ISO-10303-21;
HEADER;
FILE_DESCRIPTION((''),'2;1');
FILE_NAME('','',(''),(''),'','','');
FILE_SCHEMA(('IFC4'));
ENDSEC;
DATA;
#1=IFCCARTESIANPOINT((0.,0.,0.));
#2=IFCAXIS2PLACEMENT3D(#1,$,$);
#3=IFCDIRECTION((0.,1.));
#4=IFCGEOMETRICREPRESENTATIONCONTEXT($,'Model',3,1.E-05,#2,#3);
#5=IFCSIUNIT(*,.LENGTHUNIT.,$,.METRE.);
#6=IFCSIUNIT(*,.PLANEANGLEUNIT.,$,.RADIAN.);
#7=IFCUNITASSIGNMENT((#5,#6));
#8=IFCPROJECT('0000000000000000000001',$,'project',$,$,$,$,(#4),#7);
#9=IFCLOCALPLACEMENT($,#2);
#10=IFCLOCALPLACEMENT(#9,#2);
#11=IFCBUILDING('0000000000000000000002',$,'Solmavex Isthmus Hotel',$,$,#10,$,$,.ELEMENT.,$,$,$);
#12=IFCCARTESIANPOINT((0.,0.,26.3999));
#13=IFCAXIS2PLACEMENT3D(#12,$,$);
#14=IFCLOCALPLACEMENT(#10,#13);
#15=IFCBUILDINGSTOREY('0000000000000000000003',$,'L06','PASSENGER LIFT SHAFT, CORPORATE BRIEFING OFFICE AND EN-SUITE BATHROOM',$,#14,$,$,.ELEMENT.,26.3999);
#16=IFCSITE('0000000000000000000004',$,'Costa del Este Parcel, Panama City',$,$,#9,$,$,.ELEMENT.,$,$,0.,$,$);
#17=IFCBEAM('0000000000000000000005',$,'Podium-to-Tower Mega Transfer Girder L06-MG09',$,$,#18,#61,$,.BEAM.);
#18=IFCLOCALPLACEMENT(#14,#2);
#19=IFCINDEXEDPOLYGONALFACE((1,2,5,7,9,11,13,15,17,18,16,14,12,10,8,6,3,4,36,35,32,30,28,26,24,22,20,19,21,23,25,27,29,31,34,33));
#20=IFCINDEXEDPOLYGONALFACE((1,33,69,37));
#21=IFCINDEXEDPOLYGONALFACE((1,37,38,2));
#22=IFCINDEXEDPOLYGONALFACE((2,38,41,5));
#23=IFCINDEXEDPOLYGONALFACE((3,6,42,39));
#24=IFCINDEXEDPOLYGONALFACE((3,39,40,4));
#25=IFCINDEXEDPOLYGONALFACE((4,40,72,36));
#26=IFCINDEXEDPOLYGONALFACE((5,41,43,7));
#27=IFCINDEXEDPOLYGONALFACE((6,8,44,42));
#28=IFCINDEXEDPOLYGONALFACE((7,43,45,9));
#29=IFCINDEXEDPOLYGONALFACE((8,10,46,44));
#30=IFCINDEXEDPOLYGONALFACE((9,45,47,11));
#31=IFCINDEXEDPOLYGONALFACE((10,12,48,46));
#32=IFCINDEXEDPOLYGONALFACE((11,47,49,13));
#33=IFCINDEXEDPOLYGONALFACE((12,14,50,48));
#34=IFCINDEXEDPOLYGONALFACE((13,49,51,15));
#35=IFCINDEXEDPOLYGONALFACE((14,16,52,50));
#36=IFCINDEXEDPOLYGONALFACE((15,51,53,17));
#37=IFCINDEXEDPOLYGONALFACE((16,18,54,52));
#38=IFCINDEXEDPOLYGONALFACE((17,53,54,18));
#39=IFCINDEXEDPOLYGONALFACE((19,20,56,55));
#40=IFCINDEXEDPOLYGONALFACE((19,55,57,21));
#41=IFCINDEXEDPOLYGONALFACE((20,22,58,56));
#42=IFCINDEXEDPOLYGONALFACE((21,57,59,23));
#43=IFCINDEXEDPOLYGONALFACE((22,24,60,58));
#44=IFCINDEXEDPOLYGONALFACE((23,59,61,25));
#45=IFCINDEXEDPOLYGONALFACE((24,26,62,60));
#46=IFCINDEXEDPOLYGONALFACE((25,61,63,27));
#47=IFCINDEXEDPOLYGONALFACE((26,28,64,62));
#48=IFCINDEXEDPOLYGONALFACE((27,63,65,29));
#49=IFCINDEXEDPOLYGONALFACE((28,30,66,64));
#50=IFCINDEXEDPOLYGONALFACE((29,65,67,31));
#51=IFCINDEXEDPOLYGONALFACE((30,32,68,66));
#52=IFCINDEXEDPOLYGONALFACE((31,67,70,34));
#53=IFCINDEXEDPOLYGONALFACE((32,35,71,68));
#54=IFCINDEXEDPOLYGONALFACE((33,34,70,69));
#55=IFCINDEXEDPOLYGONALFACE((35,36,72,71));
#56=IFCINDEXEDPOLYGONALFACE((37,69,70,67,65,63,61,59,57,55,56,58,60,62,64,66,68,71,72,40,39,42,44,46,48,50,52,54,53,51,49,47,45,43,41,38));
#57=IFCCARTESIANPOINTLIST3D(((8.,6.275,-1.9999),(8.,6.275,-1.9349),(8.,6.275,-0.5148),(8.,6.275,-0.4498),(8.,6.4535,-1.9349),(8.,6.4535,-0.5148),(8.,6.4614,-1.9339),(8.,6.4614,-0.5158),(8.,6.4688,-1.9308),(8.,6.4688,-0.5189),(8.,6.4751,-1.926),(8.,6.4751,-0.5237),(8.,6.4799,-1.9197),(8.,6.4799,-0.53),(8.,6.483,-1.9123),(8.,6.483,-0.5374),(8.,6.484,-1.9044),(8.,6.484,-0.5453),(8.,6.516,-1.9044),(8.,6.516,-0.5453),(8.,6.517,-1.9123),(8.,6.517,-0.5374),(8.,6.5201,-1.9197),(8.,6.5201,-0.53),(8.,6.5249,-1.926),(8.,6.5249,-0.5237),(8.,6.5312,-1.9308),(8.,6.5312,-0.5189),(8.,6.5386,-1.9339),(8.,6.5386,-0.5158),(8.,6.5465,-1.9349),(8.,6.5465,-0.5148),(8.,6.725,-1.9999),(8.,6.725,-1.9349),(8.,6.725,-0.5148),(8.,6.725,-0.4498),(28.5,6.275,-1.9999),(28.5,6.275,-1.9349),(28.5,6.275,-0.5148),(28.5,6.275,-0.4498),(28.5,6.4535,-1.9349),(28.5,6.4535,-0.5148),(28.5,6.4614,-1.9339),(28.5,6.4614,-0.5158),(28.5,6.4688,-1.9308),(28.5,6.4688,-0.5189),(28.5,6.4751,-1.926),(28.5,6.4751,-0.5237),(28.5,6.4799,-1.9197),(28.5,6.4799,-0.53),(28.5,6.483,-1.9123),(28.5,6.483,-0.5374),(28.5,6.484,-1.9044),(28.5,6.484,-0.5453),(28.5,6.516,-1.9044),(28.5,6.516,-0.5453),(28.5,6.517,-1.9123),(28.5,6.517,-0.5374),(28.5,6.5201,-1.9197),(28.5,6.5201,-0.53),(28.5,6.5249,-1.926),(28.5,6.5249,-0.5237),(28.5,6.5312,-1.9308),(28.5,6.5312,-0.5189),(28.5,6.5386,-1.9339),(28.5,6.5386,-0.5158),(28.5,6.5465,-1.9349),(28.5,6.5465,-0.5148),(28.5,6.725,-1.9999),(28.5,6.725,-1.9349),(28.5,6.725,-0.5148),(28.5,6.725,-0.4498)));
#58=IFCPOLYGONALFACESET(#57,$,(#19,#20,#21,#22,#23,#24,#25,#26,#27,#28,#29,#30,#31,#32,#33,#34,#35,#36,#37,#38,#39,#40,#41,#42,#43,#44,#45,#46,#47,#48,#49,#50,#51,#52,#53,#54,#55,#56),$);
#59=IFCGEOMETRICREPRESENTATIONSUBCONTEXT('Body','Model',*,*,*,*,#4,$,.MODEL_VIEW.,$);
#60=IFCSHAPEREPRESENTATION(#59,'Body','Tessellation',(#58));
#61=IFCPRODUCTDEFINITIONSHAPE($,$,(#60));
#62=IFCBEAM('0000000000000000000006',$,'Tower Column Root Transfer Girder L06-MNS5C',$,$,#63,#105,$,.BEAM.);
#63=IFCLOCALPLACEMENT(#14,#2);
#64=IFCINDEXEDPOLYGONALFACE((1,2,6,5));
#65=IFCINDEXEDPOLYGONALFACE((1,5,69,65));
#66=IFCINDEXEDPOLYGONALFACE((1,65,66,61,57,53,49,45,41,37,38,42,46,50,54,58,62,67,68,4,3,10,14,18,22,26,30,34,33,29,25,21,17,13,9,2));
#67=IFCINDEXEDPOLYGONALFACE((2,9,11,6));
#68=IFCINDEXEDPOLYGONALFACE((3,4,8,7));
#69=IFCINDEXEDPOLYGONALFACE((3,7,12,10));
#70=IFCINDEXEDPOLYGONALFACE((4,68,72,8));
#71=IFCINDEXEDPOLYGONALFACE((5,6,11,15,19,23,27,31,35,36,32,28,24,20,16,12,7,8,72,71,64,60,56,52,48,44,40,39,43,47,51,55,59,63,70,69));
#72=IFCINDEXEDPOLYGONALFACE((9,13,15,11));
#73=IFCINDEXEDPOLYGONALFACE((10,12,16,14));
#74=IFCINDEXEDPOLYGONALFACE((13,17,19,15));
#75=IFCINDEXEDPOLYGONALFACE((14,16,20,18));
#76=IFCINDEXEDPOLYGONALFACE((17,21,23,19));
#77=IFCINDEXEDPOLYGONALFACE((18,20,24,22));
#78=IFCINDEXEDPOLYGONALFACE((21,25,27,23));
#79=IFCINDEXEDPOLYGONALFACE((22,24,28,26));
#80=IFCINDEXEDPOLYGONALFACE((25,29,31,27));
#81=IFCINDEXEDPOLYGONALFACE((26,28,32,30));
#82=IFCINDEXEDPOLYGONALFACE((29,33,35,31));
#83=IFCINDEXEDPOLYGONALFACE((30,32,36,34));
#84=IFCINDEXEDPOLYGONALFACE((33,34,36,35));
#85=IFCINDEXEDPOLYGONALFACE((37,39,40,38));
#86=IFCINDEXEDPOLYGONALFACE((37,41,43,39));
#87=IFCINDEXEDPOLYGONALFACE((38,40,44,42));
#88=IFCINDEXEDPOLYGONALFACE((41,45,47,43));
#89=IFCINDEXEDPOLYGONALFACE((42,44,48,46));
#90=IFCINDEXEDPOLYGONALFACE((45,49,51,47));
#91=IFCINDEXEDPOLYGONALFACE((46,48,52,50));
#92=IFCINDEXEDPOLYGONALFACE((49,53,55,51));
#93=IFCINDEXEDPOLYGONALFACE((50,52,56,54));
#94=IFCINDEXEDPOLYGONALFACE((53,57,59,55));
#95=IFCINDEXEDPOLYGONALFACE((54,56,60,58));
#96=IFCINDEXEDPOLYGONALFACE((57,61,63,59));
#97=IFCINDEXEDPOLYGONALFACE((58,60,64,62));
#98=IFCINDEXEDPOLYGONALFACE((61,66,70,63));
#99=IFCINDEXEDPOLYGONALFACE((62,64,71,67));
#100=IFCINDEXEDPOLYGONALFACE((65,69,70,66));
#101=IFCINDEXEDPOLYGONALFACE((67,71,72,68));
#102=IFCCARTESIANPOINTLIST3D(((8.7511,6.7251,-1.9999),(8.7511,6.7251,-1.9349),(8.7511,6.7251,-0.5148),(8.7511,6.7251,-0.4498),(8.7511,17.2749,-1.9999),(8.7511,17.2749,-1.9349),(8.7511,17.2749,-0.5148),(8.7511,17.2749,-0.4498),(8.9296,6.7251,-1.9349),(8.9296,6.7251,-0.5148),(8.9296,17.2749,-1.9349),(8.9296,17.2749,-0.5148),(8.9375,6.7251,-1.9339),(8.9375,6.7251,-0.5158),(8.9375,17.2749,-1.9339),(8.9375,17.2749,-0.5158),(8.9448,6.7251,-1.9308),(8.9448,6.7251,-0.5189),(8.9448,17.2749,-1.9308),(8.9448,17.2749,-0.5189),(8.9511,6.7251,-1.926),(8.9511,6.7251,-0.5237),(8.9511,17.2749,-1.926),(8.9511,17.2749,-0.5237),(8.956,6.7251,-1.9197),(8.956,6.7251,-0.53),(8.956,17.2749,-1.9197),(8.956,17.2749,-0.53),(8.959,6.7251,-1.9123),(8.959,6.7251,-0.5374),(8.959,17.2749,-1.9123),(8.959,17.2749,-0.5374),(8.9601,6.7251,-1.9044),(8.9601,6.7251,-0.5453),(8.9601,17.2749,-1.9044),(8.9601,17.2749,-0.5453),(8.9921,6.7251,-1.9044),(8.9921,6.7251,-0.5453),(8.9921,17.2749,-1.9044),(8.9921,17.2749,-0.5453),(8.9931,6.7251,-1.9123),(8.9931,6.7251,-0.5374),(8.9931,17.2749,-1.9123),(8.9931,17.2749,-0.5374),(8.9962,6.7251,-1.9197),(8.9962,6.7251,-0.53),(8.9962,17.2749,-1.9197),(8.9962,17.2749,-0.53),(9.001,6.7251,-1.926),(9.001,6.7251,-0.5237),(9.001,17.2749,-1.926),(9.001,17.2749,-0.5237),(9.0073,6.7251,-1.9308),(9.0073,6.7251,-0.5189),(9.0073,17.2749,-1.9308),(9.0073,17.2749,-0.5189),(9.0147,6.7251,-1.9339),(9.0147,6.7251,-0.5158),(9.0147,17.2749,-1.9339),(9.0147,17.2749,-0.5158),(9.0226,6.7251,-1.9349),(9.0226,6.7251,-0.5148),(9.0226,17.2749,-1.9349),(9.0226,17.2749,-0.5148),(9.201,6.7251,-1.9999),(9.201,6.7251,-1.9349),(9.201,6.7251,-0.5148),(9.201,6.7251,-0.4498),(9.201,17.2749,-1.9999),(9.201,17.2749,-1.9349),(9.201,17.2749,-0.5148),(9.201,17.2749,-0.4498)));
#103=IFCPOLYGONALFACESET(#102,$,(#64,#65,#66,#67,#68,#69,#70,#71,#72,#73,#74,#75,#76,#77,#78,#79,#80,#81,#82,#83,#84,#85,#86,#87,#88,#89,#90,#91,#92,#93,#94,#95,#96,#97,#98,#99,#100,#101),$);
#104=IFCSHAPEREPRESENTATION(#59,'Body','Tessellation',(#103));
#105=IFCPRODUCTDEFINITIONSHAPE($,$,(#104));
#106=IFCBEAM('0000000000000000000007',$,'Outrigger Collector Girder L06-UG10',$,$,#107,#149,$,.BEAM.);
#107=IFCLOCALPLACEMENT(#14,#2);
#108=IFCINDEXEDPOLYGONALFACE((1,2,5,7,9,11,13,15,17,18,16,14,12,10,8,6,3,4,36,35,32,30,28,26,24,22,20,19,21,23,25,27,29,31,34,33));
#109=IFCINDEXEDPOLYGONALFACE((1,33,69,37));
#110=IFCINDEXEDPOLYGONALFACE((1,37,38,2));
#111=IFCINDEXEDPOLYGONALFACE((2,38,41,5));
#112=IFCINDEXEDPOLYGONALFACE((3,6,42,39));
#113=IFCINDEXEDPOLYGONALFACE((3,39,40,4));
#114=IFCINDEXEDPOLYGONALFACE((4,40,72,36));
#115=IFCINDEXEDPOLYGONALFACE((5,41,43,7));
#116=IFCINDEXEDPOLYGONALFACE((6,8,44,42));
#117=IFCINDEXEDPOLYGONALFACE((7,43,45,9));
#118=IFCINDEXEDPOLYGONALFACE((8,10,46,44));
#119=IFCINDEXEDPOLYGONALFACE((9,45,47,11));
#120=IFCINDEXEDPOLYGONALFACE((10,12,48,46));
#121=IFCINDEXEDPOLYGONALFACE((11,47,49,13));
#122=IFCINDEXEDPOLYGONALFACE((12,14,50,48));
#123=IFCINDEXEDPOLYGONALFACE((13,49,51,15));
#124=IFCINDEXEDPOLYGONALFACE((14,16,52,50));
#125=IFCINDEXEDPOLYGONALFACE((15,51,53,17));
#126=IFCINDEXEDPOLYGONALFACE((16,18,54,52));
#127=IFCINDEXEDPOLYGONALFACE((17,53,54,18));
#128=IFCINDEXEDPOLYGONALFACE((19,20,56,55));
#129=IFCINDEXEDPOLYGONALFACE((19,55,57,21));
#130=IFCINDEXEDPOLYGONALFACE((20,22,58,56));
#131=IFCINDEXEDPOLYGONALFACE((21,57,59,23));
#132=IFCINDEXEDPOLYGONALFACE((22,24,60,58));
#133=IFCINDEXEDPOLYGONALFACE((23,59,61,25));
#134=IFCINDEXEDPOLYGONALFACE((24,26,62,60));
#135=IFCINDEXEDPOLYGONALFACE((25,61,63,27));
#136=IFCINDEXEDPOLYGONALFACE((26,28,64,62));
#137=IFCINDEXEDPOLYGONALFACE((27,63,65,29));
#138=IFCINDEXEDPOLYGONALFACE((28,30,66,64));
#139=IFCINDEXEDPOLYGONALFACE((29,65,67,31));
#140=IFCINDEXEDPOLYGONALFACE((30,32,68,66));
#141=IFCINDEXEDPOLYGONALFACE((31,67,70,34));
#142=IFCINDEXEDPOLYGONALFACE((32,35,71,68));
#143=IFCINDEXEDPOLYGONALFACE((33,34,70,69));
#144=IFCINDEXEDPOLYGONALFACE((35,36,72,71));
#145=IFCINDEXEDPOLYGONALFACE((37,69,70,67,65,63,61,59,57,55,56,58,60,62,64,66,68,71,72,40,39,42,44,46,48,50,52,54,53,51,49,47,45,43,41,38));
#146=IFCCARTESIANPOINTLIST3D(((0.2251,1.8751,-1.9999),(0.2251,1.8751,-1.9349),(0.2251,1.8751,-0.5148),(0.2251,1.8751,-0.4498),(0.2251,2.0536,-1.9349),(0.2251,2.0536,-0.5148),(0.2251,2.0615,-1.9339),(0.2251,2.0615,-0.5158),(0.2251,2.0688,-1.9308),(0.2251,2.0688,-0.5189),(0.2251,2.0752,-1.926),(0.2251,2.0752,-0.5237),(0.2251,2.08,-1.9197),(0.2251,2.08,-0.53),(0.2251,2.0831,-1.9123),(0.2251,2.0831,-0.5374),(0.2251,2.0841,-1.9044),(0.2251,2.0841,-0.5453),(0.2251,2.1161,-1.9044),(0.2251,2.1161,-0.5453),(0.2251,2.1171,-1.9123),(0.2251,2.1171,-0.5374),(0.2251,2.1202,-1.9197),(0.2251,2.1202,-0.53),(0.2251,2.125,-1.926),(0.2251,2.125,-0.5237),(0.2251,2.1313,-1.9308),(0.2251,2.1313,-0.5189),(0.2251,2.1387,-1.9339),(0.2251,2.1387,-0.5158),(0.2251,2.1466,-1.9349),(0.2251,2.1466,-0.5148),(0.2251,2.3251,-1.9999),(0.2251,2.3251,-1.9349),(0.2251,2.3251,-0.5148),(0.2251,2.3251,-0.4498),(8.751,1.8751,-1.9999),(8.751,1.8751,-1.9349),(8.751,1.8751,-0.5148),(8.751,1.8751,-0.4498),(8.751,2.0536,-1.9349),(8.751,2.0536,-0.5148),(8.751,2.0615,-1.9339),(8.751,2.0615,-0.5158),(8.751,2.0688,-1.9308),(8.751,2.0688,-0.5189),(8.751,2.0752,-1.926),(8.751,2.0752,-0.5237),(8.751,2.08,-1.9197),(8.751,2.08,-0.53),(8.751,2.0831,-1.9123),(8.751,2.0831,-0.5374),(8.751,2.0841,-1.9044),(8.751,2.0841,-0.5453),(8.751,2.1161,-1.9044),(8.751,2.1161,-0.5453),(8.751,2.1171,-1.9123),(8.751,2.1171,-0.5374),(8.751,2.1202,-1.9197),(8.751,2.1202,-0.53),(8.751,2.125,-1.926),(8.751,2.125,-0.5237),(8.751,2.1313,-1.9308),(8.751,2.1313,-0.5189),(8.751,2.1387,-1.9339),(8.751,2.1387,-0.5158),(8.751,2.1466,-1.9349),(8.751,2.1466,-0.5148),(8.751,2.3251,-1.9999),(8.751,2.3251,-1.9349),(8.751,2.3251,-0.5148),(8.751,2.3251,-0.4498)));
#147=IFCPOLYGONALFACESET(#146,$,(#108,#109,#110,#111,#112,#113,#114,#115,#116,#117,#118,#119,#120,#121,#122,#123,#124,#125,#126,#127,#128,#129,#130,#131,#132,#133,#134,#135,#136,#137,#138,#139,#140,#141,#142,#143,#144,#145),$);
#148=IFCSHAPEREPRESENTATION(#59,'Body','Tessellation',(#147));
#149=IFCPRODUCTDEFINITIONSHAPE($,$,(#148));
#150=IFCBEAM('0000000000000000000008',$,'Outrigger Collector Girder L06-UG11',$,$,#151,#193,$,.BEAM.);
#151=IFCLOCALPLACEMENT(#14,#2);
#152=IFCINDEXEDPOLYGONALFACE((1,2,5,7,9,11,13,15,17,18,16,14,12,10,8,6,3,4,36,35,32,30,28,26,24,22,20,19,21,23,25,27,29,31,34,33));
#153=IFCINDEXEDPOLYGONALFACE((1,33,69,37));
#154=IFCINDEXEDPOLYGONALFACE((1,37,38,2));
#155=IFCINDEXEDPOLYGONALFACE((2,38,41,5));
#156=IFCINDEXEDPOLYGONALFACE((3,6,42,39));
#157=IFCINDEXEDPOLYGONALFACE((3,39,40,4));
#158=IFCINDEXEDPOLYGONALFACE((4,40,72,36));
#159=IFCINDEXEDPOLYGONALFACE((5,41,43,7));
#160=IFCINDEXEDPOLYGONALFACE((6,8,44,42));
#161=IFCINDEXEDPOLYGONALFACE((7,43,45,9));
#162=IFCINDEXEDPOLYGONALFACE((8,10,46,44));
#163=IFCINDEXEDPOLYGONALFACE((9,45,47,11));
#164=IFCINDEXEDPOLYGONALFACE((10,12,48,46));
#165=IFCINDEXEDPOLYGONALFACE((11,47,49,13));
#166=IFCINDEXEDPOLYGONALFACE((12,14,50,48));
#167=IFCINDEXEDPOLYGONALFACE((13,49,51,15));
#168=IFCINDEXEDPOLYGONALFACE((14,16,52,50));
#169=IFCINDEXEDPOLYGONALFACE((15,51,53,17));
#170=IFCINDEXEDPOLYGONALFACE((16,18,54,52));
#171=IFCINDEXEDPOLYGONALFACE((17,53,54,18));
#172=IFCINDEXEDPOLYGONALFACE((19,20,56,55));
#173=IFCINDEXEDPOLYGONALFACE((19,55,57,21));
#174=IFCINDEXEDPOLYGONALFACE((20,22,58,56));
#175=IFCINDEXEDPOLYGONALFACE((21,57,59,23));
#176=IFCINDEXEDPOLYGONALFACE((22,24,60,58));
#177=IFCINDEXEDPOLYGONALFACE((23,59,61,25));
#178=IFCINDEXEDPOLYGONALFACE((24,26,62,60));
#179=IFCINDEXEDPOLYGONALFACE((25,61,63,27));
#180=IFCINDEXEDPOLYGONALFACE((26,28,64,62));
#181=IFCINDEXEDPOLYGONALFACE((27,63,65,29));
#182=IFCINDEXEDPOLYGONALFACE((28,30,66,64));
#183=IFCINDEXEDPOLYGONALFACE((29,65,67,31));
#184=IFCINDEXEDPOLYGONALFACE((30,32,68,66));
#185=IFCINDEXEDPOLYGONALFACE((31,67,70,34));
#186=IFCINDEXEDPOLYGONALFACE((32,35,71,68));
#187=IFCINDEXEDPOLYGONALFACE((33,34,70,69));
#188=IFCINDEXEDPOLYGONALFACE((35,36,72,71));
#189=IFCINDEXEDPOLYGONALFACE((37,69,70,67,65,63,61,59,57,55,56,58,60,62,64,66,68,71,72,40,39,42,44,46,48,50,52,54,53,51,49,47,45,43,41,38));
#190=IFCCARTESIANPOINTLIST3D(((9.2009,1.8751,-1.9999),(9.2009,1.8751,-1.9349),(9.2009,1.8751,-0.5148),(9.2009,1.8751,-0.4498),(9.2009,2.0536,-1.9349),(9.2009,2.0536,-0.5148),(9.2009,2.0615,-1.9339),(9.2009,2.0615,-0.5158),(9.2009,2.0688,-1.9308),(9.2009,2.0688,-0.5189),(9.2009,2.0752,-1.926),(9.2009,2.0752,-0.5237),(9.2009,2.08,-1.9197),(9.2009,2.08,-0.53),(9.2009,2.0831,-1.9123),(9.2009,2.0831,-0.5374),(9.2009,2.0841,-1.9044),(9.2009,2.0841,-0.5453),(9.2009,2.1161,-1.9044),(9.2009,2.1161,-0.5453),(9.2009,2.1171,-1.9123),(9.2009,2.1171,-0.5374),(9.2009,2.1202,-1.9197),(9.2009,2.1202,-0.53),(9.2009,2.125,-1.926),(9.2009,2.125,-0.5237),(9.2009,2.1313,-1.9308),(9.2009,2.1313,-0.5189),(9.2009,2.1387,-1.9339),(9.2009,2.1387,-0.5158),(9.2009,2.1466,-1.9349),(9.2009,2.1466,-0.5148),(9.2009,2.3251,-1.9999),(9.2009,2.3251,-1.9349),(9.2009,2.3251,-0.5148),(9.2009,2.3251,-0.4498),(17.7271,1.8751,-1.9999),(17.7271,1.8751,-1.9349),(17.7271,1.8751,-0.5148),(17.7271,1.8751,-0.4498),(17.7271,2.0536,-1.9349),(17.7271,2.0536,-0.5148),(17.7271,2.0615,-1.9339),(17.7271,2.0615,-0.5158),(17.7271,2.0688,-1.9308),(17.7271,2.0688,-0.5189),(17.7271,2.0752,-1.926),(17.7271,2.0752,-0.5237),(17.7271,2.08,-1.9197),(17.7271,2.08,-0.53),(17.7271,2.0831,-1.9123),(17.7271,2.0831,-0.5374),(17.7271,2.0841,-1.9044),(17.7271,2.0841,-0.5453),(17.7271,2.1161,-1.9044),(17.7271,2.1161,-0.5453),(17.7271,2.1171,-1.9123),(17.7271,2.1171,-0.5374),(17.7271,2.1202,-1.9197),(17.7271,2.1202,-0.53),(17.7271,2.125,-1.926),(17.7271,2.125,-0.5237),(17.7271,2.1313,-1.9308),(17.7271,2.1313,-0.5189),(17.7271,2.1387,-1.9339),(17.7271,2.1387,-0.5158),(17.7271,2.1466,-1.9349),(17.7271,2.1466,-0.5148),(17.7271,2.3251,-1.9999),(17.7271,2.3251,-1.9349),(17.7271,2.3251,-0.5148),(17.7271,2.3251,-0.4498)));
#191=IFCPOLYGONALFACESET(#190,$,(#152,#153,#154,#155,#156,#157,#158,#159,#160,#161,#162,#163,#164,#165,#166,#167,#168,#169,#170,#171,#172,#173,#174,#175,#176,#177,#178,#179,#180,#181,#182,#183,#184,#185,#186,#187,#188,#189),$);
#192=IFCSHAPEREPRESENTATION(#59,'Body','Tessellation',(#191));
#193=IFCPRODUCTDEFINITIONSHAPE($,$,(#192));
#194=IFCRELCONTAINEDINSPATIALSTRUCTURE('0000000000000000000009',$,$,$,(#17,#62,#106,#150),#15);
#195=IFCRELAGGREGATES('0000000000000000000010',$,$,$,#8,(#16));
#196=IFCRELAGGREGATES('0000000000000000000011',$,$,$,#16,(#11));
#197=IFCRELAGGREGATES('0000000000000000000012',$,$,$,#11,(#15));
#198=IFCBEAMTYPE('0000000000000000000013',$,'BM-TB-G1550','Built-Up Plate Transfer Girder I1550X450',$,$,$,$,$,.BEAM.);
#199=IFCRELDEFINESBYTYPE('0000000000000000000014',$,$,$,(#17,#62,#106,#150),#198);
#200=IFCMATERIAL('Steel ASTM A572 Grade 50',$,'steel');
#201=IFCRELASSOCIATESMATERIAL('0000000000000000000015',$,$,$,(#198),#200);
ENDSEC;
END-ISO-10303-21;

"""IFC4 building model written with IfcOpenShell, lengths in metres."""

from ifc_helpers import new_model, si_unit, direction, frame, origin, origin_2d, place, context, subcontext, project, spatial, i_section, extrude, material, material_profile, profile_set, type_object, element, save


model = new_model("IFC4")

# Units and contexts
model_context = context("Model", 3, precision=1e-05, world=origin(), true_north=direction((0.0, 1.0)))
body_context = subcontext(model_context, "Body", "Model", "MODEL_VIEW")
ifc_project = project(units=[si_unit("LENGTHUNIT", "METRE"), si_unit("PLANEANGLEUNIT", "RADIAN")], contexts=[model_context])

# Site, building, storey
site_placement = place(None, origin())
site = spatial("IfcSite", under=ifc_project, at=site_placement, Name="Costa del Este Parcel, Panama City", CompositionType="ELEMENT", RefElevation=0.0)
building_placement = place(site_placement, origin())
building = spatial("IfcBuilding", under=site, at=building_placement, Name="Solmavex Isthmus Hotel", CompositionType="ELEMENT")
storey_placement = place(building_placement, frame((0.0, 0.0, 26.3999)))
storey = spatial("IfcBuildingStorey", under=building, at=storey_placement, Name="L06", Description="PASSENGER LIFT SHAFT, CORPORATE BRIEFING OFFICE AND EN-SUITE BATHROOM", CompositionType="ELEMENT", Elevation=26.3999)

# Beams
ifc_material_1 = material(Name="Steel ASTM A572 Grade 50", Category="steel")
ifc_material_profile_1 = material_profile(ifc_material_1, i_section(OverallWidth=0.45, OverallDepth=1.55, WebThickness=0.032, FlangeThickness=0.0649, FilletRadius=0.0305, at=origin_2d()), Name="I1550X450")
ifc_profile_set_1 = profile_set([ifc_material_profile_1], Name="Steel ASTM A572 Grade 50")
beam_type_1 = type_object("IfcBeamType", Name="BM-TB-G1550", Description="Built-Up Plate Transfer Girder I1550X450", PredefinedType="BEAM", material=ifc_profile_set_1)
beam_1_placement = place(storey_placement, frame((8.0, 6.5, -1.2249), z_axis=(1.0, 0.0, 0.0), x_axis=(0.0, 1.0, 0.0)))
element("IfcBeam", 1, at=beam_1_placement, inside=storey, type_object=beam_type_1, Name="Podium-to-Tower Mega Transfer Girder L06-MG09", PredefinedType="BEAM", context=body_context, shape_type="SweptSolid", body=[
    extrude(i_section(OverallWidth=0.45, OverallDepth=1.55, WebThickness=0.032, FlangeThickness=0.0649, FilletRadius=0.0305, at=origin_2d()), origin(), (0.0, 0.0, 1.0), 20.5),
])
beam_2_placement = place(storey_placement, frame((8.9761, 6.7251, -1.2249), z_axis=(0.0, 1.0, 0.0), x_axis=(-1.0, 0.0, 0.0)))
element("IfcBeam", 2, at=beam_2_placement, inside=storey, type_object=beam_type_1, Name="Tower Column Root Transfer Girder L06-MNS5C", PredefinedType="BEAM", context=body_context, shape_type="SweptSolid", body=[
    extrude(i_section(OverallWidth=0.45, OverallDepth=1.55, WebThickness=0.032, FlangeThickness=0.0649, FilletRadius=0.0305, at=origin_2d()), origin(), (0.0, 0.0, 1.0), 10.5498),
])
beam_3_placement = place(storey_placement, frame((0.2251, 2.1001, -1.2249), z_axis=(1.0, 0.0, 0.0), x_axis=(0.0, 1.0, 0.0)))
element("IfcBeam", 3, at=beam_3_placement, inside=storey, type_object=beam_type_1, Name="Outrigger Collector Girder L06-UG10", PredefinedType="BEAM", context=body_context, shape_type="SweptSolid", body=[
    extrude(i_section(OverallWidth=0.45, OverallDepth=1.55, WebThickness=0.032, FlangeThickness=0.0649, FilletRadius=0.0305, at=origin_2d()), origin(), (0.0, 0.0, 1.0), 8.5259),
])
beam_4_placement = place(storey_placement, frame((9.2009, 2.1001, -1.2249), z_axis=(1.0, 0.0, 0.0), x_axis=(0.0, 1.0, 0.0)))
element("IfcBeam", 4, at=beam_4_placement, inside=storey, type_object=beam_type_1, Name="Outrigger Collector Girder L06-UG11", PredefinedType="BEAM", context=body_context, shape_type="SweptSolid", body=[
    extrude(i_section(OverallWidth=0.45, OverallDepth=1.55, WebThickness=0.032, FlangeThickness=0.0649, FilletRadius=0.0305, at=origin_2d()), origin(), (0.0, 0.0, 1.0), 8.5261),
])

save(model, "model.ifc")
